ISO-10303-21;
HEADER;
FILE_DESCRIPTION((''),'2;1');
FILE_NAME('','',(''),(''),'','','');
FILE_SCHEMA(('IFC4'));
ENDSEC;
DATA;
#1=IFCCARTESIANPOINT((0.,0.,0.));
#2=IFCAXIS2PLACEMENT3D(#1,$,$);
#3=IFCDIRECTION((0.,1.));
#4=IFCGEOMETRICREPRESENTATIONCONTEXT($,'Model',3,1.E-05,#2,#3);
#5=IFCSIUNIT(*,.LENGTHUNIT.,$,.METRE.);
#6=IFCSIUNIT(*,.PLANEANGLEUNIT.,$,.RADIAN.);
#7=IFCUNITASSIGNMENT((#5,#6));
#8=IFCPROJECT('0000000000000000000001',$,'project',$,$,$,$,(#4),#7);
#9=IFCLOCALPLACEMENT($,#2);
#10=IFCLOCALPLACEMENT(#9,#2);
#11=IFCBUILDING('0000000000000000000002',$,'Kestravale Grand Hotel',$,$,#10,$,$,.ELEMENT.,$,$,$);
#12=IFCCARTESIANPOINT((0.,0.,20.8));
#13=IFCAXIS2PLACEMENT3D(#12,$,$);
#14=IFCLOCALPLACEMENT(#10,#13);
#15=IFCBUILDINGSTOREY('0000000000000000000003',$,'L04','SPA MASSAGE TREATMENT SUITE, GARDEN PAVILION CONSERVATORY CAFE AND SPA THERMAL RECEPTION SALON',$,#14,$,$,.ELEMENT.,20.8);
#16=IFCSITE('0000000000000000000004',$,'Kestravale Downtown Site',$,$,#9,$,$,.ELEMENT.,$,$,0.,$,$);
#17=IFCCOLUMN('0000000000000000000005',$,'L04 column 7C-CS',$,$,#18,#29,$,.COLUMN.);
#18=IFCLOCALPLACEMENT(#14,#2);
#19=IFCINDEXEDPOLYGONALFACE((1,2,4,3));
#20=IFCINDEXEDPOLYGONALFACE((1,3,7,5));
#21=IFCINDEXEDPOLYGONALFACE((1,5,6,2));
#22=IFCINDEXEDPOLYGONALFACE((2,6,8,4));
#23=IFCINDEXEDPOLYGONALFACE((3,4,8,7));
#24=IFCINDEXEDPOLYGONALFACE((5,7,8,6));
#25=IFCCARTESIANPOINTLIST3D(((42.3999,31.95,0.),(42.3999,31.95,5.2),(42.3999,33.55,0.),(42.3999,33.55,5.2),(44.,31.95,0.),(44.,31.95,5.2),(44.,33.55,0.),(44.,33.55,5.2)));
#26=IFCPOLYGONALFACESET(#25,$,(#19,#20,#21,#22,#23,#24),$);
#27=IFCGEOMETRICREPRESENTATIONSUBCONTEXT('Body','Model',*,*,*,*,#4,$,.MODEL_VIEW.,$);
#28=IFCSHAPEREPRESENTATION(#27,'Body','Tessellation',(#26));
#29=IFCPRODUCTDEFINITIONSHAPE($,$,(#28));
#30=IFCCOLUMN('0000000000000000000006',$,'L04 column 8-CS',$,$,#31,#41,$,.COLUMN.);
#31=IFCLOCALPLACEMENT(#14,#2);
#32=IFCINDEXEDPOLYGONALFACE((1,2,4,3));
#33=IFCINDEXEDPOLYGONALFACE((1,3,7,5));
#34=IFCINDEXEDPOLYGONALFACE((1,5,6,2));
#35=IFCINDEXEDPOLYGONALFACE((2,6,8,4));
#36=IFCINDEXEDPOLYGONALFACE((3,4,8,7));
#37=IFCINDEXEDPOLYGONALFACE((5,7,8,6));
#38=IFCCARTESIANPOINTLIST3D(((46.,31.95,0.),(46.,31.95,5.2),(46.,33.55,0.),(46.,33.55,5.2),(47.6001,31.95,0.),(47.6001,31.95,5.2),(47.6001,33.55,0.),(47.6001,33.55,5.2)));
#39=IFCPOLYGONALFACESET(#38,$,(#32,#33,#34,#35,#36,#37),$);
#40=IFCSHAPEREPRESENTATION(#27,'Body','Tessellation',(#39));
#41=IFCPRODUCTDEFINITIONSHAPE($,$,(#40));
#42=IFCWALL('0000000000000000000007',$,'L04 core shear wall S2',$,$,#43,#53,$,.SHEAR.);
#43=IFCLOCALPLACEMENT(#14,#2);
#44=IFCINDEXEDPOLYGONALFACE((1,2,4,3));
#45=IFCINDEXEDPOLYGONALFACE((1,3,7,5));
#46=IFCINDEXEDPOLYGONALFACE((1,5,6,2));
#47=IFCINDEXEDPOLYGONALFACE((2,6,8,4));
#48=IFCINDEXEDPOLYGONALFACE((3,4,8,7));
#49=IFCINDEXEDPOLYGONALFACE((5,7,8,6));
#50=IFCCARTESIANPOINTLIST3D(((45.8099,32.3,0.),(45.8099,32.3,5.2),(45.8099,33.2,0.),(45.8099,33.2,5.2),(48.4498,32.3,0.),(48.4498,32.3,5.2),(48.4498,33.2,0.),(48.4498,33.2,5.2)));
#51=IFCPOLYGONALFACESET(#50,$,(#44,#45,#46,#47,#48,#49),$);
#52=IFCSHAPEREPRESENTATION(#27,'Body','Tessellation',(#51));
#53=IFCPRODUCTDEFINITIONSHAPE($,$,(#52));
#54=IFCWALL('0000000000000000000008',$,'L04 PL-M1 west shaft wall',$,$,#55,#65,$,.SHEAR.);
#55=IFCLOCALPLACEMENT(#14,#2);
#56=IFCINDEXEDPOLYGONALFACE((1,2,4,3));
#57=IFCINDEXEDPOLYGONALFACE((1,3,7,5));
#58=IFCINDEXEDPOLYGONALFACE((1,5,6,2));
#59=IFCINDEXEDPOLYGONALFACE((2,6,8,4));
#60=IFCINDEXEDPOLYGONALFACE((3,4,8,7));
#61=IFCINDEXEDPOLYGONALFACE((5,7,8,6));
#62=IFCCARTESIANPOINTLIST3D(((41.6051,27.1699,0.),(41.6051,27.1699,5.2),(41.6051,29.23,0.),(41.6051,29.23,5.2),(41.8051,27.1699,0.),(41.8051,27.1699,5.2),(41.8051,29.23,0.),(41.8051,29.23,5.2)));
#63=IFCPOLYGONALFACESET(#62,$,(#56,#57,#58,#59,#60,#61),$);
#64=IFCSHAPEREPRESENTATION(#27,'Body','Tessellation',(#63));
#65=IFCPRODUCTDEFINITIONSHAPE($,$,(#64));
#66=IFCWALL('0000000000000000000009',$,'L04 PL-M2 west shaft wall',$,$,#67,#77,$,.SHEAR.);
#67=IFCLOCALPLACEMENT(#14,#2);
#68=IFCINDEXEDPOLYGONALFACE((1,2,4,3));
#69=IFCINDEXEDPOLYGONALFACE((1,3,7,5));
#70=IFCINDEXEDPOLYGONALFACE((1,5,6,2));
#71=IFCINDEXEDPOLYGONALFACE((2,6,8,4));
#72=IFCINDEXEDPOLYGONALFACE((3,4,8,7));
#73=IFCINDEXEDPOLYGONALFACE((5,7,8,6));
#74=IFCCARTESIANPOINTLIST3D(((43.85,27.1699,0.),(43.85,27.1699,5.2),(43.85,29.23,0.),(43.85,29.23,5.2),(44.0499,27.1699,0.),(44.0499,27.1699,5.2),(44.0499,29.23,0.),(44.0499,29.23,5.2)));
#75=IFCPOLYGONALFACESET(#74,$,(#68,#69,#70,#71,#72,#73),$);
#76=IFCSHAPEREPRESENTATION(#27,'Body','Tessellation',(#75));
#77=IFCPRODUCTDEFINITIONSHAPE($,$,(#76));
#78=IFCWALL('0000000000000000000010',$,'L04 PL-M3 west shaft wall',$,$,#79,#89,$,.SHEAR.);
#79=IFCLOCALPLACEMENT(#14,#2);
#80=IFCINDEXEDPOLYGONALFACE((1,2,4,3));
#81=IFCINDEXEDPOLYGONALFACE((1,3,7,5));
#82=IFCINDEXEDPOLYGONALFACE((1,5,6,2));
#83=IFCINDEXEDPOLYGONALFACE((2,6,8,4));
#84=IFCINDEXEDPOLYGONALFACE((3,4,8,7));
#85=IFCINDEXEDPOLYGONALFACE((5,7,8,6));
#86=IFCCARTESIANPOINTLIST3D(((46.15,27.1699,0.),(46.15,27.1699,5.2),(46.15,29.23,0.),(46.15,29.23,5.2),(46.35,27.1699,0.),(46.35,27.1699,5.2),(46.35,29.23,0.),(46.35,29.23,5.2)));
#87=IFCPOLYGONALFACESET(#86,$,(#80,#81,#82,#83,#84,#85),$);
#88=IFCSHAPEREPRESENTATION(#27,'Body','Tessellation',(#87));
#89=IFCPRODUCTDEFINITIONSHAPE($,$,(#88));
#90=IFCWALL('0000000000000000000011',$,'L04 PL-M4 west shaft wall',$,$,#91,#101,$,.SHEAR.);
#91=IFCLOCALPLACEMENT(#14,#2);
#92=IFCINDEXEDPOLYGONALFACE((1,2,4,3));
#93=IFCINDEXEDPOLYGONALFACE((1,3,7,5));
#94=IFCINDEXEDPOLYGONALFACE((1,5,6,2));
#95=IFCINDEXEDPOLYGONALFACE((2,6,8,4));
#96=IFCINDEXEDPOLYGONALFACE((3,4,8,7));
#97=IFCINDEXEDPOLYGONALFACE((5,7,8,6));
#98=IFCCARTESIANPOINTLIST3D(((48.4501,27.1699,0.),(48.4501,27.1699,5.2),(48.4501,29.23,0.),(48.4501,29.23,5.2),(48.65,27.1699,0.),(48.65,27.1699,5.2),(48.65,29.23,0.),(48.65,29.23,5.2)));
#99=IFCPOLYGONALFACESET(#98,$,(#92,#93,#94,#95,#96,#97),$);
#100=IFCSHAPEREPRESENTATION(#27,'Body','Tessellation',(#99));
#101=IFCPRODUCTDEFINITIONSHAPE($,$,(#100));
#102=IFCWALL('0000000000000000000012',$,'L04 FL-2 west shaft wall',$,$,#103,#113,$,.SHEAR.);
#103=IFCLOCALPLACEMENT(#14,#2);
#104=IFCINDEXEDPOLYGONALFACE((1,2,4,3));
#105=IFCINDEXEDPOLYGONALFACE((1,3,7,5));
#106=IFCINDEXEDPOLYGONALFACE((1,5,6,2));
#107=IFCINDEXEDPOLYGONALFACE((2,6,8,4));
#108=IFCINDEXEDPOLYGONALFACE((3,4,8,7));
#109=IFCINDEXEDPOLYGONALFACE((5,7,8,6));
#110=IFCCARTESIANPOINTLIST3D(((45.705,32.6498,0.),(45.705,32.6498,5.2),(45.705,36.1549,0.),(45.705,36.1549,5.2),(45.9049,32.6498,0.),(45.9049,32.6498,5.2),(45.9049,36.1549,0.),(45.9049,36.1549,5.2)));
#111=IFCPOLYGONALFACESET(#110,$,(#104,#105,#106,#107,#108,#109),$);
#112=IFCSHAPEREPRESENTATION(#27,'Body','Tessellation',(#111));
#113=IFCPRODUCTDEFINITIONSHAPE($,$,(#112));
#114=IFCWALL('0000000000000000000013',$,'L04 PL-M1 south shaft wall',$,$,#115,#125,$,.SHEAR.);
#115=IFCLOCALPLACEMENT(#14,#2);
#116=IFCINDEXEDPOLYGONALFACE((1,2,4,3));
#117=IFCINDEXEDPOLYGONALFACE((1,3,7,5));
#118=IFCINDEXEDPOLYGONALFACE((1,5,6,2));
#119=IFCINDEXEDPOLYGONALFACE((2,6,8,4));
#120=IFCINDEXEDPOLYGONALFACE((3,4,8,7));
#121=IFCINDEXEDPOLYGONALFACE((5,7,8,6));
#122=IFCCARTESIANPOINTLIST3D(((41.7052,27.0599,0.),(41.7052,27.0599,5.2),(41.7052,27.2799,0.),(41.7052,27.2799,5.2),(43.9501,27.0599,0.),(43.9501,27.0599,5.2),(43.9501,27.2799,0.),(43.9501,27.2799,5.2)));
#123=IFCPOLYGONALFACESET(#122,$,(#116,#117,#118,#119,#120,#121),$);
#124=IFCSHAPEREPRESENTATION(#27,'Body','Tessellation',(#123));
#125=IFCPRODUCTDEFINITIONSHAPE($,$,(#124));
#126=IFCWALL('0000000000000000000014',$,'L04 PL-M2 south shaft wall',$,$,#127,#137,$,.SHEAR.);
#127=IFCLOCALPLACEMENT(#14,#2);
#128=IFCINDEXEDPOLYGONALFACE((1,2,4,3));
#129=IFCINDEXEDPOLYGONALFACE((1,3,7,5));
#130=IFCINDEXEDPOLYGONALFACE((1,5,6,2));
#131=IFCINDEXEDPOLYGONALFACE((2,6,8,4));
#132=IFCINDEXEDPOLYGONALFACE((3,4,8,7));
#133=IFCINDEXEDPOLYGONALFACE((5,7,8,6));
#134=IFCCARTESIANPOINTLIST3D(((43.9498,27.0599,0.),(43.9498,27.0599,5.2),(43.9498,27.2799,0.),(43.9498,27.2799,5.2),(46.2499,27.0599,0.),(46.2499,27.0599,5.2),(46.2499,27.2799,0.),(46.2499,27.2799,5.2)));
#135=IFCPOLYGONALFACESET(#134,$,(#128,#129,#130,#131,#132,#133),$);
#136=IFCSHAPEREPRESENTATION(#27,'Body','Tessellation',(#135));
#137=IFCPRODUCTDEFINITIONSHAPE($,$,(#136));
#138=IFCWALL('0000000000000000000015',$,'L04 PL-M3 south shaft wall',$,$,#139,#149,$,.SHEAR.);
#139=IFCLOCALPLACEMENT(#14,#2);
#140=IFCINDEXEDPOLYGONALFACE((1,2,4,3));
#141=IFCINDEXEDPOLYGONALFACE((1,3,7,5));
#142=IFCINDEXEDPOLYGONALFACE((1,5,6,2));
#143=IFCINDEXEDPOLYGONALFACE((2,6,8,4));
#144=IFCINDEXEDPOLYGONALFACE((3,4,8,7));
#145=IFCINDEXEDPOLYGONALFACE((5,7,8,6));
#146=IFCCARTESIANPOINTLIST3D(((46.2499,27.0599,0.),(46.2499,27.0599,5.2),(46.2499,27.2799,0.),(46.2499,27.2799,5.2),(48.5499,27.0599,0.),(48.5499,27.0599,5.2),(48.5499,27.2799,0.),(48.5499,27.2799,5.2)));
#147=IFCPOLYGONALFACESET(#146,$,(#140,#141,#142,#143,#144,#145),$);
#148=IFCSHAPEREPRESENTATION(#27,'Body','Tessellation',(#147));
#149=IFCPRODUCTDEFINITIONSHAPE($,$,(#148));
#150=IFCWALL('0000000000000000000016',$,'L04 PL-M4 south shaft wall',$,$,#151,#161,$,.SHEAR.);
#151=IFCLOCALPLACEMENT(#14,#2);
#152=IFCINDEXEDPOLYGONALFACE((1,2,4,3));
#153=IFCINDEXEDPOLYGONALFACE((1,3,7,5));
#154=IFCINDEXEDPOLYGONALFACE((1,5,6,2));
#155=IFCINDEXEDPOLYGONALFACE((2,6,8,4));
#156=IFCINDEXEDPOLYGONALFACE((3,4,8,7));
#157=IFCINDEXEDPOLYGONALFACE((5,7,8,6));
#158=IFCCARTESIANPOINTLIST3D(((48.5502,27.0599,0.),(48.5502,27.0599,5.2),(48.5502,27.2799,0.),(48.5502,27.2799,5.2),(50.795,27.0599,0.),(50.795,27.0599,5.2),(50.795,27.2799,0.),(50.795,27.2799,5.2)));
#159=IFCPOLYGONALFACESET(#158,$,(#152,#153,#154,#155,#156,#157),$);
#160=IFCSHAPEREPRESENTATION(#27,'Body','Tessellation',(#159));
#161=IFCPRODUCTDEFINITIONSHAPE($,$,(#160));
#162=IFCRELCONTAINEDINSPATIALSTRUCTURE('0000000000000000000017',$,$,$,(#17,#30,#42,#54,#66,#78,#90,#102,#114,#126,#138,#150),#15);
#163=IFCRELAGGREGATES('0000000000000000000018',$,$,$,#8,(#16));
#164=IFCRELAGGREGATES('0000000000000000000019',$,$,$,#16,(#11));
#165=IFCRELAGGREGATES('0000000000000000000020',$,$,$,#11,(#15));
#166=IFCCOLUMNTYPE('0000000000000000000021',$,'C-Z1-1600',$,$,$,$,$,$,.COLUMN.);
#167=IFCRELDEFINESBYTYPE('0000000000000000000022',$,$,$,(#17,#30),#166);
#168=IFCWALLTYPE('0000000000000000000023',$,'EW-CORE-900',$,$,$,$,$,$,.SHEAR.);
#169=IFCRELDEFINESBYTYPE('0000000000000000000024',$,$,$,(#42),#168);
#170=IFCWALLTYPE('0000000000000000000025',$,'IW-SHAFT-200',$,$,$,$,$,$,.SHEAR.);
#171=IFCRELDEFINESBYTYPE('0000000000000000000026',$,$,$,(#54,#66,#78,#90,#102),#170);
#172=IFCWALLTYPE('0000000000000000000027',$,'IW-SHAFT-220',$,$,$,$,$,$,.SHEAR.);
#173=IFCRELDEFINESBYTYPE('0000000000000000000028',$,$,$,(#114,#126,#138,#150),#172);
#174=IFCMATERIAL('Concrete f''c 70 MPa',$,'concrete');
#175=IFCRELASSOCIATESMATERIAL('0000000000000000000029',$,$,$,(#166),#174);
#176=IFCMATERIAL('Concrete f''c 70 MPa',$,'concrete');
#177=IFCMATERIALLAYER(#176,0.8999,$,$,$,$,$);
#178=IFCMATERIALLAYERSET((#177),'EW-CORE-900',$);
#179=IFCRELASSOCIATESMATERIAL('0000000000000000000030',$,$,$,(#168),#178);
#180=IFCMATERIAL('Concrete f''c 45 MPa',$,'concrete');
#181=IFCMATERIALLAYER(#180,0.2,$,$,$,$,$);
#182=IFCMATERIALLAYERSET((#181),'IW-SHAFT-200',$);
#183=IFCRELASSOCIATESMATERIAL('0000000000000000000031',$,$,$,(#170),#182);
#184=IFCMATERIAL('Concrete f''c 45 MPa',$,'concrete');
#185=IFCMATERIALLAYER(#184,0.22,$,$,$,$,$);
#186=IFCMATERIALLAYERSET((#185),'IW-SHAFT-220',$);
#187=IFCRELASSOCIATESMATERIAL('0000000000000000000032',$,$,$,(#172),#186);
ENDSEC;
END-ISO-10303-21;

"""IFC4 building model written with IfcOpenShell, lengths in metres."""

from ifc_helpers import new_model, si_unit, direction, frame, frame_2d, origin, origin_2d, place, context, subcontext, project, spatial, rectangle, extrude, material, layer, layer_set, material_profile, profile_set, type_object, element, save


model = new_model("IFC4")

# Units and contexts
model_context = context("Model", 3, precision=1e-05, world=origin(), true_north=direction((0.0, 1.0)))
body_context = subcontext(model_context, "Body", "Model", "MODEL_VIEW")
ifc_project = project(units=[si_unit("LENGTHUNIT", "METRE"), si_unit("PLANEANGLEUNIT", "RADIAN")], contexts=[model_context])

# Site, building, storey
site_placement = place(None, origin())
site = spatial("IfcSite", under=ifc_project, at=site_placement, Name="Kestravale Downtown Site", CompositionType="ELEMENT", RefElevation=0.0)
building_placement = place(site_placement, origin())
building = spatial("IfcBuilding", under=site, at=building_placement, Name="Kestravale Grand Hotel", CompositionType="ELEMENT")
storey_placement = place(building_placement, frame((0.0, 0.0, 20.8)))
storey = spatial("IfcBuildingStorey", under=building, at=storey_placement, Name="L04", Description="SPA MASSAGE TREATMENT SUITE, GARDEN PAVILION CONSERVATORY CAFE AND SPA THERMAL RECEPTION SALON", CompositionType="ELEMENT", Elevation=20.8)

# Columns
ifc_material_1 = material(Name="Concrete f'c 70 MPa", Category="concrete")
ifc_material_profile = material_profile(ifc_material_1, rectangle(XDim=1.6001, YDim=1.6001, at=origin_2d()))
ifc_profile_set = profile_set([ifc_material_profile], Name="Concrete f'c 70 MPa")
column_type = type_object("IfcColumnType", Name="C-Z1-1600", PredefinedType="COLUMN", material=ifc_profile_set)
for number, where, z_axis, x_axis, name in (
    (1, (43.2, 32.75, 0.0), (0.0, 0.0, 1.0), (1.0, 0.0, 0.0), "L04 column 7C-CS"),
    (2, (46.8, 32.75, 0.0), (0.0, 0.0, 1.0), (1.0, 0.0, 0.0), "L04 column 8-CS"),
):
    element("IfcColumn", number, at=place(storey_placement, frame(where, z_axis=z_axis, x_axis=x_axis)), inside=storey, type_object=column_type, Name=name, PredefinedType="COLUMN", context=body_context, shape_type="SweptSolid", body=[
        extrude(rectangle(XDim=1.6001, YDim=1.6001, at=origin_2d()), origin(), (0.0, 0.0, 1.0), 5.2),
    ])

# Wall
ifc_material_2 = material(Name="Concrete f'c 70 MPa", Category="concrete")
ifc_layer_1 = layer(ifc_material_2, 0.8999)
ifc_layer_set_1 = layer_set([ifc_layer_1], Name="EW-CORE-900")
wall_type_1 = type_object("IfcWallType", Name="EW-CORE-900", PredefinedType="SHEAR", material=ifc_layer_set_1)
wall_1_placement = place(storey_placement, frame((45.8101, 32.75, 0.0), z_axis=(0.0, 0.0, 1.0), x_axis=(1.0, 0.0, 0.0)))
element("IfcWall", 3, at=wall_1_placement, inside=storey, type_object=wall_type_1, Name="L04 core shear wall S2", PredefinedType="SHEAR", context=body_context, shape_type="SweptSolid", body=[
    extrude(rectangle(XDim=2.6399, YDim=0.8999, at=frame_2d((1.3198, 0.0))), origin(), (0.0, 0.0, 1.0), 5.2),
])

# Walls
ifc_material_3 = material(Name="Concrete f'c 45 MPa", Category="concrete")
ifc_layer_2 = layer(ifc_material_3, 0.2)
ifc_layer_set_2 = layer_set([ifc_layer_2], Name="IW-SHAFT-200")
wall_type_2 = type_object("IfcWallType", Name="IW-SHAFT-200", PredefinedType="SHEAR", material=ifc_layer_set_2)
for number, where, z_axis, x_axis, name in (
    (4, (41.7051, 27.1699, 0.0), (0.0, 0.0, 1.0), (0.0, 1.0, 0.0), "L04 PL-M1 west shaft wall"),
    (5, (43.95, 27.1699, 0.0), (0.0, 0.0, 1.0), (0.0, 1.0, 0.0), "L04 PL-M2 west shaft wall"),
    (6, (46.25, 27.1699, 0.0), (0.0, 0.0, 1.0), (0.0, 1.0, 0.0), "L04 PL-M3 west shaft wall"),
    (7, (48.55, 27.1699, 0.0), (0.0, 0.0, 1.0), (0.0, 1.0, 0.0), "L04 PL-M4 west shaft wall"),
):
    element("IfcWall", number, at=place(storey_placement, frame(where, z_axis=z_axis, x_axis=x_axis)), inside=storey, type_object=wall_type_2, Name=name, PredefinedType="SHEAR", context=body_context, shape_type="SweptSolid", body=[
        extrude(rectangle(XDim=2.0601, YDim=0.2, at=frame_2d((1.03, 0.0))), origin(), (0.0, 0.0, 1.0), 5.2),
    ])
wall_2_placement = place(storey_placement, frame((45.8049, 32.6499, 0.0), z_axis=(0.0, 0.0, 1.0), x_axis=(0.0, 1.0, 0.0)))
element("IfcWall", 8, at=wall_2_placement, inside=storey, type_object=wall_type_2, Name="L04 FL-2 west shaft wall", PredefinedType="SHEAR", context=body_context, shape_type="SweptSolid", body=[
    extrude(rectangle(XDim=3.5051, YDim=0.2, at=frame_2d((1.7524, 0.0))), origin(), (0.0, 0.0, 1.0), 5.2),
])

# Shared definitions
ifc_material_4 = material(Name="Concrete f'c 45 MPa", Category="concrete")
ifc_layer_3 = layer(ifc_material_4, 0.22)
ifc_layer_set_3 = layer_set([ifc_layer_3], Name="IW-SHAFT-220")
wall_type_3 = type_object("IfcWallType", Name="IW-SHAFT-220", PredefinedType="SHEAR", material=ifc_layer_set_3)

# Wall
wall_3_placement = place(storey_placement, frame((41.7051, 27.1699, 0.0), z_axis=(0.0, 0.0, 1.0), x_axis=(1.0, 0.0, 0.0)))
element("IfcWall", 9, at=wall_3_placement, inside=storey, type_object=wall_type_3, Name="L04 PL-M1 south shaft wall", PredefinedType="SHEAR", context=body_context, shape_type="SweptSolid", body=[
    extrude(rectangle(XDim=2.2449, YDim=0.22, at=frame_2d((1.1226, 0.0))), origin(), (0.0, 0.0, 1.0), 5.2),
])

# Wall
wall_4_placement = place(storey_placement, frame((43.95, 27.1699, 0.0), z_axis=(0.0, 0.0, 1.0), x_axis=(1.0, 0.0, 0.0)))
element("IfcWall", 10, at=wall_4_placement, inside=storey, type_object=wall_type_3, Name="L04 PL-M2 south shaft wall", PredefinedType="SHEAR", context=body_context, shape_type="SweptSolid", body=[
    extrude(rectangle(XDim=2.3, YDim=0.22, at=frame_2d((1.1499, 0.0))), origin(), (0.0, 0.0, 1.0), 5.2),
])

# Wall
wall_5_placement = place(storey_placement, frame((46.25, 27.1699, 0.0), z_axis=(0.0, 0.0, 1.0), x_axis=(1.0, 0.0, 0.0)))
element("IfcWall", 11, at=wall_5_placement, inside=storey, type_object=wall_type_3, Name="L04 PL-M3 south shaft wall", PredefinedType="SHEAR", context=body_context, shape_type="SweptSolid", body=[
    extrude(rectangle(XDim=2.3, YDim=0.22, at=frame_2d((1.1499, 0.0))), origin(), (0.0, 0.0, 1.0), 5.2),
])

# Wall
wall_6_placement = place(storey_placement, frame((48.55, 27.1699, 0.0), z_axis=(0.0, 0.0, 1.0), x_axis=(1.0, 0.0, 0.0)))
element("IfcWall", 12, at=wall_6_placement, inside=storey, type_object=wall_type_3, Name="L04 PL-M4 south shaft wall", PredefinedType="SHEAR", context=body_context, shape_type="SweptSolid", body=[
    extrude(rectangle(XDim=2.2449, YDim=0.22, at=frame_2d((1.1226, 0.0))), origin(), (0.0, 0.0, 1.0), 5.2),
])

save(model, "model.ifc")
